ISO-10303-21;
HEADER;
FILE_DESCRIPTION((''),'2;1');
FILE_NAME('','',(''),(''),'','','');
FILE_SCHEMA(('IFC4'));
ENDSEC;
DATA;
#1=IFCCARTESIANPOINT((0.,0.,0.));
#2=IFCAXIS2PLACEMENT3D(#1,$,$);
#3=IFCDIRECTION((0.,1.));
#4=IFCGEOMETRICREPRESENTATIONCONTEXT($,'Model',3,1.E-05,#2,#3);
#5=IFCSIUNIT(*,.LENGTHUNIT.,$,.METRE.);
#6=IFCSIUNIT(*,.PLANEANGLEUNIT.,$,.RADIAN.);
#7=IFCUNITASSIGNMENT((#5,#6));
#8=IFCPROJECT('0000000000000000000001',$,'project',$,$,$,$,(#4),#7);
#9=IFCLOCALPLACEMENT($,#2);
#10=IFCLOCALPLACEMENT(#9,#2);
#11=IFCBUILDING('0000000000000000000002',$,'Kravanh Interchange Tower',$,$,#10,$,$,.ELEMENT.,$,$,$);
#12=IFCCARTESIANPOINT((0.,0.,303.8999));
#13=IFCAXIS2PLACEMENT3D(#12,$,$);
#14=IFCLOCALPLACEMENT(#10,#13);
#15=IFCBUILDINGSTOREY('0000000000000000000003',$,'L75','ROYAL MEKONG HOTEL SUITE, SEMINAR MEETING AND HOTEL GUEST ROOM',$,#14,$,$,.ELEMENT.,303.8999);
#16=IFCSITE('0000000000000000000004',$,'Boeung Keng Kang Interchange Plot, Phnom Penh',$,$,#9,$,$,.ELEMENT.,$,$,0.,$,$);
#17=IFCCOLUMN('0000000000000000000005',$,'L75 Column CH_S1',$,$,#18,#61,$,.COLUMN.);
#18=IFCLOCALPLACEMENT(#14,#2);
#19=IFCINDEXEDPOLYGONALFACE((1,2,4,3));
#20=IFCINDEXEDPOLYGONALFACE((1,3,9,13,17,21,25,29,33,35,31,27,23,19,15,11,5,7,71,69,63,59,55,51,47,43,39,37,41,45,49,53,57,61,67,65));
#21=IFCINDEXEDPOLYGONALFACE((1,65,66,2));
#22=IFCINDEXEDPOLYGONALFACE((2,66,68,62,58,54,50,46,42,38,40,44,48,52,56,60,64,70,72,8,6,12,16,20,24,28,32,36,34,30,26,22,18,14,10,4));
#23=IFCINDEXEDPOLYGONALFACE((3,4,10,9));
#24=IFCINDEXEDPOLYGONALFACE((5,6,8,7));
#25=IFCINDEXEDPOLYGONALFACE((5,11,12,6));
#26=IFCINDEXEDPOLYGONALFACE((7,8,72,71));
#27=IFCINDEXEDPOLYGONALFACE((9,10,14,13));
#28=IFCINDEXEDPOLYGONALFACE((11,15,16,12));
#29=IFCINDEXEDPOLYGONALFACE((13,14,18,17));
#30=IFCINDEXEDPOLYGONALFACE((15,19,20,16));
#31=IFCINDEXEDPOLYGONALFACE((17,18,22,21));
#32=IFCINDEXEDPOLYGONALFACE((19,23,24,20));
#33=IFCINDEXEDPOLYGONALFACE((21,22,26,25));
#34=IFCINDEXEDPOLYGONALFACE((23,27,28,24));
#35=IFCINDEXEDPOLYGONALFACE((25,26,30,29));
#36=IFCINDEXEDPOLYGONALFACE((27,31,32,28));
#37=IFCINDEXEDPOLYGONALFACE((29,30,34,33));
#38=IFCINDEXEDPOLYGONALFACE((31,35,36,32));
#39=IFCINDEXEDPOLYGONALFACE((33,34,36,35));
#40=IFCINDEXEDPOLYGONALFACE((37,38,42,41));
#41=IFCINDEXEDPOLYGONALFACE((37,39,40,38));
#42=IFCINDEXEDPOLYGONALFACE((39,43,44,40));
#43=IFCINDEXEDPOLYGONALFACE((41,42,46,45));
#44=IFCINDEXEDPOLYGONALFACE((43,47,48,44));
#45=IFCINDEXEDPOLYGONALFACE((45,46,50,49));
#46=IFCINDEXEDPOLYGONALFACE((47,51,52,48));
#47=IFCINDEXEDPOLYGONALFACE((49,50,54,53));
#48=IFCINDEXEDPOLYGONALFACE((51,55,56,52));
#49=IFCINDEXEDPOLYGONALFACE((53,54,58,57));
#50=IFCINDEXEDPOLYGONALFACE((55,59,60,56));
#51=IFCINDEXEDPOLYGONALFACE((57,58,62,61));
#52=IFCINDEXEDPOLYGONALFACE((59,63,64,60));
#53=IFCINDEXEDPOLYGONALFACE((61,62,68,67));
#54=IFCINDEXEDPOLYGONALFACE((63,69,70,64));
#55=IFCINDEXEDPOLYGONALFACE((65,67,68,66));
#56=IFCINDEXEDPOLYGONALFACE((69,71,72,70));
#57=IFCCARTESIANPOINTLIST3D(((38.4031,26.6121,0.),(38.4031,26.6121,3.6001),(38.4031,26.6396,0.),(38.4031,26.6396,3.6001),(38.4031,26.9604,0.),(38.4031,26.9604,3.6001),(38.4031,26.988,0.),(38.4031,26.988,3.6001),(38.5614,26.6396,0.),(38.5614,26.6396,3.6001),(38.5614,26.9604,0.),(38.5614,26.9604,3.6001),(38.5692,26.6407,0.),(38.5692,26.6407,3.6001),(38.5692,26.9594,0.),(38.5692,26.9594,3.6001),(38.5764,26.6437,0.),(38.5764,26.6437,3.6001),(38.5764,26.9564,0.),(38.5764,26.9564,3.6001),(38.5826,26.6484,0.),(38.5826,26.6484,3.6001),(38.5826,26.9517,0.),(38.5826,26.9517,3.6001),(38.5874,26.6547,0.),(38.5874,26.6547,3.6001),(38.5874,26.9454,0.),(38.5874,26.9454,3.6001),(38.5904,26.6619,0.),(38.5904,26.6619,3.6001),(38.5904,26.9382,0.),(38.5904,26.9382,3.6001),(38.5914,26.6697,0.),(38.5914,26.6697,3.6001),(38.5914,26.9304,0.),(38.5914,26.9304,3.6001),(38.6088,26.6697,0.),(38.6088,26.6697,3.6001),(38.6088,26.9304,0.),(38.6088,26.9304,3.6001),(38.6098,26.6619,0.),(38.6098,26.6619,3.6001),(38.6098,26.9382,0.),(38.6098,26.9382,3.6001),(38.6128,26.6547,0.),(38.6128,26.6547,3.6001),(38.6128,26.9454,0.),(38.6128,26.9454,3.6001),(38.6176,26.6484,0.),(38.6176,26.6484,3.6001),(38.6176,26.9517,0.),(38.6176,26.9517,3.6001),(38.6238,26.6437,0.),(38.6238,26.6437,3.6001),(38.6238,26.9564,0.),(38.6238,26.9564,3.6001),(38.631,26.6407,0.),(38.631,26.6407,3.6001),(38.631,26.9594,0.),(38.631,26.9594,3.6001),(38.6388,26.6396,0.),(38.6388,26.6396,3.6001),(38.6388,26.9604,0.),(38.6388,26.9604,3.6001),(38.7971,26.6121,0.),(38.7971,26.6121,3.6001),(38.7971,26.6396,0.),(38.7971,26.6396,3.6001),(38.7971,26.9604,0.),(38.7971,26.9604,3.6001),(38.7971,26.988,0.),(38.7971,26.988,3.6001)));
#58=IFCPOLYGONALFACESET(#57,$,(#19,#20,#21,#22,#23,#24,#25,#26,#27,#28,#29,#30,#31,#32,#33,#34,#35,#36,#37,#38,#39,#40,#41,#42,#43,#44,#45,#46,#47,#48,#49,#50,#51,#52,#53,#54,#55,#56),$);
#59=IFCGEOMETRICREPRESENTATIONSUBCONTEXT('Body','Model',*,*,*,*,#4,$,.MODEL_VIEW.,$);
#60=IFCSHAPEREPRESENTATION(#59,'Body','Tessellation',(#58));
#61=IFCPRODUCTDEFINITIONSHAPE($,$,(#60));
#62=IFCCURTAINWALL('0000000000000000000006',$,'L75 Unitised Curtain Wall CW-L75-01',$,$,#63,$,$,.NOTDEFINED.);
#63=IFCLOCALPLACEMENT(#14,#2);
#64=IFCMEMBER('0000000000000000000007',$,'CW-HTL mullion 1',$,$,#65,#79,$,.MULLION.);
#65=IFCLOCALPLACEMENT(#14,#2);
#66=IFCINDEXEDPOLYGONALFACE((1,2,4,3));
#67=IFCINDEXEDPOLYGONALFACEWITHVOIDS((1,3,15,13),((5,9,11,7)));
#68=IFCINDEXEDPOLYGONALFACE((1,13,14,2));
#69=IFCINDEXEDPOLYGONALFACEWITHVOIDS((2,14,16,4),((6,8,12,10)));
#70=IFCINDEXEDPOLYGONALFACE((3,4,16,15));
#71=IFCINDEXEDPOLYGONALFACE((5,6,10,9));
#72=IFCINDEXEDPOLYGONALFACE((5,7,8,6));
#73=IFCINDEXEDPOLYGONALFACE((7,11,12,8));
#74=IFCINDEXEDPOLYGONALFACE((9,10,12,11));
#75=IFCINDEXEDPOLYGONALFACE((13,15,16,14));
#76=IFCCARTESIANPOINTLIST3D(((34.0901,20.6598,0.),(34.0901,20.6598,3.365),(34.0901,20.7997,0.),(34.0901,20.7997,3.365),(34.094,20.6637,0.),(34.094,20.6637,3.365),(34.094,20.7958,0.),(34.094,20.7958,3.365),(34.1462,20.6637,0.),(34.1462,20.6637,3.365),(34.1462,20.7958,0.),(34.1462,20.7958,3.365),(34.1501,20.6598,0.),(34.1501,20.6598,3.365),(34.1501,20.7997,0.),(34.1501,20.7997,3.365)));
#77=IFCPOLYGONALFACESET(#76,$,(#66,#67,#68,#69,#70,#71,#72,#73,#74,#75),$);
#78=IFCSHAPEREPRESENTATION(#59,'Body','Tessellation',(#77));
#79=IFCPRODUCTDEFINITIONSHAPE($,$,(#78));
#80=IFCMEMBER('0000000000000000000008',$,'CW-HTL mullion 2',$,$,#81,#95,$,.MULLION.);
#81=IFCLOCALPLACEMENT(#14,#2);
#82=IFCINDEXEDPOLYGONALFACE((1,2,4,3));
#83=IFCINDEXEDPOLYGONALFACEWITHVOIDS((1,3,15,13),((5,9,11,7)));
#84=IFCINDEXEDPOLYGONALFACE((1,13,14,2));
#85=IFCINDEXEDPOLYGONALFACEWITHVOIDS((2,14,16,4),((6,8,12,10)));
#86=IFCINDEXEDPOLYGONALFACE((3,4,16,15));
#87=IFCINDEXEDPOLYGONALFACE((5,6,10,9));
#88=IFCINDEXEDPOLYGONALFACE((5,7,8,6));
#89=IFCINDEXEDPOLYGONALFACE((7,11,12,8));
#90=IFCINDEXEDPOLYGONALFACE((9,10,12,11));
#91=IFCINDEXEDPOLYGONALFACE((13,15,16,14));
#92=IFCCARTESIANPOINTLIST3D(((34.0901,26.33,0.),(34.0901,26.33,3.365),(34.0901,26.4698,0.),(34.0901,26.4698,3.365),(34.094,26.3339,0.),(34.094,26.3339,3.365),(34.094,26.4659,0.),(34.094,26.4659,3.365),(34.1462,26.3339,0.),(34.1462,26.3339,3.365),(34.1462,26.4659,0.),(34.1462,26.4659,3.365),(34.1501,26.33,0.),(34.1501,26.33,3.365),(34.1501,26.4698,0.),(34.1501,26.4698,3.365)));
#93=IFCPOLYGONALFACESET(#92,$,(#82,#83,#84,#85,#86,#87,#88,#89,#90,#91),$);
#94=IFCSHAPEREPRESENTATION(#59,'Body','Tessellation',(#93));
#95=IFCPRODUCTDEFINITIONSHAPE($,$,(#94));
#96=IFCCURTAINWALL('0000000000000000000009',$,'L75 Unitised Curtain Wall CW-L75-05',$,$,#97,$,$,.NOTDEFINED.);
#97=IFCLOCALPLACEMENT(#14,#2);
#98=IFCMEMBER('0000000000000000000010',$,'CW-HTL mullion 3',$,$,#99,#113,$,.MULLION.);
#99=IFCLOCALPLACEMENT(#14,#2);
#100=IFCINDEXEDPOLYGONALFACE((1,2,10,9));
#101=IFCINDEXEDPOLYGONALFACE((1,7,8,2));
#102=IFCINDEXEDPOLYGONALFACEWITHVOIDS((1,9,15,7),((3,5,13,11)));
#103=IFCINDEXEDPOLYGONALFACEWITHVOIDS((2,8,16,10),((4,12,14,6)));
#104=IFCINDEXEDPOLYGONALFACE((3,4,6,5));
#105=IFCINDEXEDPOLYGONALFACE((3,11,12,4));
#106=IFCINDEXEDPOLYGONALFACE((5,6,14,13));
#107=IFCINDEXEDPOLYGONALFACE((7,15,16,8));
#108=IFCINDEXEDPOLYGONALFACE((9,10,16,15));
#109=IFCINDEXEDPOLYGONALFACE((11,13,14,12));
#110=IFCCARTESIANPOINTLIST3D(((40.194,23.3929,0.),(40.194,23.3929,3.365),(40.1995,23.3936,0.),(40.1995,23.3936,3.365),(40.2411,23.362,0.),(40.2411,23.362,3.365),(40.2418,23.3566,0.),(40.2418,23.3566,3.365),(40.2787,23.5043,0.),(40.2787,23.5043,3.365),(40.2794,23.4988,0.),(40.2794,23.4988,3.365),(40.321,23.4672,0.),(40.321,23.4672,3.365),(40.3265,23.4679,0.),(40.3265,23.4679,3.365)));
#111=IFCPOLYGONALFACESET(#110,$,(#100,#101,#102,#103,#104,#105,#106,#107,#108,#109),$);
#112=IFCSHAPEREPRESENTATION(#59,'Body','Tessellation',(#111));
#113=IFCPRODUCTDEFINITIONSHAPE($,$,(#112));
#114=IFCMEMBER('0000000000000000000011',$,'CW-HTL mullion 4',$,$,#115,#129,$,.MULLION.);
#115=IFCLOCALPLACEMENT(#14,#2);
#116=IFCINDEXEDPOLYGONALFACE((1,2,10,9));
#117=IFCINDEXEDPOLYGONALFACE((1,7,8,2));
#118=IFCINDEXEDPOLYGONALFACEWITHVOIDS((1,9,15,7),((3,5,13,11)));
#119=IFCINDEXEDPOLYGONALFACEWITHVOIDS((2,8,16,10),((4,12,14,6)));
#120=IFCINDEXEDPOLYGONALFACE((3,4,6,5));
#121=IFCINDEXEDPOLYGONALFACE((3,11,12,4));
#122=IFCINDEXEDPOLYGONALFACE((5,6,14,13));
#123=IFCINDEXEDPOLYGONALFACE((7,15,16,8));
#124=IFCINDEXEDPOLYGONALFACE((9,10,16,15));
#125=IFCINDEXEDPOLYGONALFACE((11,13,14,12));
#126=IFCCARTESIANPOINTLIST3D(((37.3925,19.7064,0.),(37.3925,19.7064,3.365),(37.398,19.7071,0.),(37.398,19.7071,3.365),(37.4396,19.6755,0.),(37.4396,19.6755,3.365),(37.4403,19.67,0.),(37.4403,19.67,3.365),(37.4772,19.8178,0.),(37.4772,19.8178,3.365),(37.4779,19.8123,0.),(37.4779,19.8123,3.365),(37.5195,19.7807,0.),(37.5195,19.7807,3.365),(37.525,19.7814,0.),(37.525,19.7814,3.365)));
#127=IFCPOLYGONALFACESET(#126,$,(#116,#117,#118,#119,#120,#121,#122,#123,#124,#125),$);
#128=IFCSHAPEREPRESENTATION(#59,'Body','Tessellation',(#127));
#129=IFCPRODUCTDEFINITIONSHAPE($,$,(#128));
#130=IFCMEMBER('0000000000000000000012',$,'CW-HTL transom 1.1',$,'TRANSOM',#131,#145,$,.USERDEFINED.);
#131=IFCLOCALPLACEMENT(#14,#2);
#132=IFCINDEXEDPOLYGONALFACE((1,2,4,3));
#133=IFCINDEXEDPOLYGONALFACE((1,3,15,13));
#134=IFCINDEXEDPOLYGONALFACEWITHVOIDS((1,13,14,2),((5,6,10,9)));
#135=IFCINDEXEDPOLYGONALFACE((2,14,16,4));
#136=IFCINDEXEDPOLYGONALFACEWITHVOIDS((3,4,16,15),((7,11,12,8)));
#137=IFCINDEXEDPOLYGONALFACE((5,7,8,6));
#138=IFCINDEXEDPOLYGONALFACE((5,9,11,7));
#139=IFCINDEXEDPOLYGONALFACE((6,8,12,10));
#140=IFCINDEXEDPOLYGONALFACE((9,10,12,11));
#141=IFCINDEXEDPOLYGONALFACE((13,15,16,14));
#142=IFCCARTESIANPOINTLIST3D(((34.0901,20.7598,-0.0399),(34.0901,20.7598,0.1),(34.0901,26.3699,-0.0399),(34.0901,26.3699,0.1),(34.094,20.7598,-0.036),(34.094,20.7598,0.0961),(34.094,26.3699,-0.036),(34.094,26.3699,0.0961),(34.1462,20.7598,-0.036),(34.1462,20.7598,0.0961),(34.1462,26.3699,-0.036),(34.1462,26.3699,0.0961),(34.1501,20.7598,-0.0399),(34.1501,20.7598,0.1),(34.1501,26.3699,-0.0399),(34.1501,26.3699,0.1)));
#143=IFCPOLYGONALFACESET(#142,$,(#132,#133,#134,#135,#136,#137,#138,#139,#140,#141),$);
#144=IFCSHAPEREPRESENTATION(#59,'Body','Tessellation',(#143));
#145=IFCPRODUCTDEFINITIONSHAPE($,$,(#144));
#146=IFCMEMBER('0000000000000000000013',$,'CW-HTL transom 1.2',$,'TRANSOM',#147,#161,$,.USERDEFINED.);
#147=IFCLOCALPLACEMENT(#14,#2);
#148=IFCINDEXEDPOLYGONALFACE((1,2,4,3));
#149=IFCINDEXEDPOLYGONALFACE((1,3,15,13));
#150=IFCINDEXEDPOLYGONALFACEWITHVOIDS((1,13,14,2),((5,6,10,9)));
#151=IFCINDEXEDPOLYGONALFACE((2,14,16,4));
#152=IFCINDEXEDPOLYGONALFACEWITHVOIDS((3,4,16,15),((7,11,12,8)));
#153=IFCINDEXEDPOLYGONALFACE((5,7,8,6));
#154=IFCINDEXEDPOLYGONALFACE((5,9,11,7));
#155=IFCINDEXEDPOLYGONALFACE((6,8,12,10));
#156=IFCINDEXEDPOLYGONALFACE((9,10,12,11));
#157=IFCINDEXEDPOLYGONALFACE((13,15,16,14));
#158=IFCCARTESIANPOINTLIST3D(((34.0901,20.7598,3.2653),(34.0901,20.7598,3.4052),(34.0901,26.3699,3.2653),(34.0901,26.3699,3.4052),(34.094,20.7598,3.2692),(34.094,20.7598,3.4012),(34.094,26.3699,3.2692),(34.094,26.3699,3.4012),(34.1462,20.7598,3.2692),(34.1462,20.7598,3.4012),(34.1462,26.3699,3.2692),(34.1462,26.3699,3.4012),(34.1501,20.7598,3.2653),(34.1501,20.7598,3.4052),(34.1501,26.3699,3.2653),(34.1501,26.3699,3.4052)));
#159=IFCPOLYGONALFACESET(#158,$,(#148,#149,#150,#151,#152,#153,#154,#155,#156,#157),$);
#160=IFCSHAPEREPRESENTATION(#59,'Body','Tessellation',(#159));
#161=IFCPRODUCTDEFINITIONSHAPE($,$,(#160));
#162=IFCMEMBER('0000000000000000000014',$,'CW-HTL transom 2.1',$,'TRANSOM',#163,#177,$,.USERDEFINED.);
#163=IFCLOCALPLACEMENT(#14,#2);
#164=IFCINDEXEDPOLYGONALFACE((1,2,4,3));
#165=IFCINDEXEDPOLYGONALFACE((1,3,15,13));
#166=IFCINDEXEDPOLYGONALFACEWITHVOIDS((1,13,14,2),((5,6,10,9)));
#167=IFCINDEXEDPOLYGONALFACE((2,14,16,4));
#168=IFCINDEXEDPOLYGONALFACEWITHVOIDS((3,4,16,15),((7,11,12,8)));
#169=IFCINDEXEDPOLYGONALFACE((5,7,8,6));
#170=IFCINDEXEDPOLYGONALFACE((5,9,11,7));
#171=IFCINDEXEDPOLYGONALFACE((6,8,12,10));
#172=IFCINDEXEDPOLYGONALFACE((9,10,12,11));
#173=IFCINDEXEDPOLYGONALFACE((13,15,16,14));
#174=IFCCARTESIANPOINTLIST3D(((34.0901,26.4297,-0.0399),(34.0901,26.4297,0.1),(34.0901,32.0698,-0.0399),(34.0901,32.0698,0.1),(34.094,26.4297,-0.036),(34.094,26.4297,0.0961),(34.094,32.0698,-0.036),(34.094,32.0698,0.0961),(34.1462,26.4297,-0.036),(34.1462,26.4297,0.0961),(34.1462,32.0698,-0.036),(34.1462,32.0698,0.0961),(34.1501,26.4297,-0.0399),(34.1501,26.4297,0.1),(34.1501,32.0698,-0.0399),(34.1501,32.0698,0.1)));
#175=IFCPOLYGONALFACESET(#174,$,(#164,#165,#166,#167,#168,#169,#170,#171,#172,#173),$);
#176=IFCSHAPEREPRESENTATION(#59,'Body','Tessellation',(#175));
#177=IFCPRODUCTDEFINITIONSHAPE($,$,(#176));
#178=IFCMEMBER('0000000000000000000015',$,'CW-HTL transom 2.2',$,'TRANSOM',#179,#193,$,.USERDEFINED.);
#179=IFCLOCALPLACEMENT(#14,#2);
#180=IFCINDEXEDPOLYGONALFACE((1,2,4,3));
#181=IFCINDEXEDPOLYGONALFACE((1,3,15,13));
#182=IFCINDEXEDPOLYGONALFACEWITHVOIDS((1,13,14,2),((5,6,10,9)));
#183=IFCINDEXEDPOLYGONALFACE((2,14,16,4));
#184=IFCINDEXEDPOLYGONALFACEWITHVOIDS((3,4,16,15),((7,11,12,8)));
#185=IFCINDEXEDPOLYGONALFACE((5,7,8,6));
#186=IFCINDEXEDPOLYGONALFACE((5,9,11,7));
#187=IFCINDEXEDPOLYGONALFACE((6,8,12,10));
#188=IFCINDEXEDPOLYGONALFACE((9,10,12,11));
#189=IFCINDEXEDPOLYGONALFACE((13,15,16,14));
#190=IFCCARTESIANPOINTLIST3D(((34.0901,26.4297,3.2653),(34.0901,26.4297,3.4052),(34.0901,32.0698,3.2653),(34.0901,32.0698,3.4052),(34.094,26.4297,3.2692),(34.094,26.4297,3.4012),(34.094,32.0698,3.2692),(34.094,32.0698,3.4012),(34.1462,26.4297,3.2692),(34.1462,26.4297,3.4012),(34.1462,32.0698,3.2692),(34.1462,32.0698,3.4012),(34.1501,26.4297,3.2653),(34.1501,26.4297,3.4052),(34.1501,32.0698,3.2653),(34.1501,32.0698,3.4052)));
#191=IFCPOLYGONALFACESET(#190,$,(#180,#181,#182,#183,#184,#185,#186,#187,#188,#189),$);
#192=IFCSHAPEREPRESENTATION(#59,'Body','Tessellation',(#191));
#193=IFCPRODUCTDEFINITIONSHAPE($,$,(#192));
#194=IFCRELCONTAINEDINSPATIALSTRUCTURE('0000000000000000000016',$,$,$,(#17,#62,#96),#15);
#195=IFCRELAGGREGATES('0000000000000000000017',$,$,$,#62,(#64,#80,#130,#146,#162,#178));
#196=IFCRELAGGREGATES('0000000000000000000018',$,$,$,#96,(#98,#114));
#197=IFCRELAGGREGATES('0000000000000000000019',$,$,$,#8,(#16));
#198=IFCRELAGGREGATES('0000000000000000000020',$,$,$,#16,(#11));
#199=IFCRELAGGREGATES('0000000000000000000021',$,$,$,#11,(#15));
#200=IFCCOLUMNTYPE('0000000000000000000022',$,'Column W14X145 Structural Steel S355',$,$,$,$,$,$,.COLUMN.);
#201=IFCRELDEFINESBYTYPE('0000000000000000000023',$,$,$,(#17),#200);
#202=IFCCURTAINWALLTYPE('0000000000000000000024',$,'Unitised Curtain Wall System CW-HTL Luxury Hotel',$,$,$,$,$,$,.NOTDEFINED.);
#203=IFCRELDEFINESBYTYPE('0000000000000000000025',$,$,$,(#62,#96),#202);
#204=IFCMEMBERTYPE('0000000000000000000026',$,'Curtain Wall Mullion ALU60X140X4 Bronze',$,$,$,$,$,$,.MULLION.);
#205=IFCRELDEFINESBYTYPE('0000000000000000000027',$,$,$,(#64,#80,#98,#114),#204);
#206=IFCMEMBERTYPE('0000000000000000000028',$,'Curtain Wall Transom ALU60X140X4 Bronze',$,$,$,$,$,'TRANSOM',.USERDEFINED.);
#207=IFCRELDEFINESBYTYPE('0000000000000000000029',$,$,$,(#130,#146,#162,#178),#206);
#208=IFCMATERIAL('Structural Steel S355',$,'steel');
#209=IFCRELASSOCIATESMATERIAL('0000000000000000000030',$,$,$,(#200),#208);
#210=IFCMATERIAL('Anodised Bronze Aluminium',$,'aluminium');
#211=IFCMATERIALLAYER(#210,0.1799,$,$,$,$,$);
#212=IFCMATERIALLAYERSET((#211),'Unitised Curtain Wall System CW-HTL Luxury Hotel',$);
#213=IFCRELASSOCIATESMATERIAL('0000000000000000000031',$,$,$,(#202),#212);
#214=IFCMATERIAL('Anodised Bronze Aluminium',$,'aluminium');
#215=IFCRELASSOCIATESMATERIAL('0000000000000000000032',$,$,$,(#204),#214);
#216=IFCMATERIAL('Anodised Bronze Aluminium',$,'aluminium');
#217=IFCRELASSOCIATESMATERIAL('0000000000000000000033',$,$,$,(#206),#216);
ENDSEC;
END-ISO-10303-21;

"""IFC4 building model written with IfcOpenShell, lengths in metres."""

from ifc_helpers import new_model, si_unit, direction, frame, origin, origin_2d, place, context, subcontext, project, spatial, hollow_rectangle, i_section, extrude, material, layer, layer_set, material_profile, profile_set, type_object, element, aggregate, save


model = new_model("IFC4")

# Units and contexts
model_context = context("Model", 3, precision=1e-05, world=origin(), true_north=direction((0.0, 1.0)))
body_context = subcontext(model_context, "Body", "Model", "MODEL_VIEW")
ifc_project = project(units=[si_unit("LENGTHUNIT", "METRE"), si_unit("PLANEANGLEUNIT", "RADIAN")], contexts=[model_context])

# Site, building, storey
site_placement = place(None, origin())
site = spatial("IfcSite", under=ifc_project, at=site_placement, Name="Boeung Keng Kang Interchange Plot, Phnom Penh", CompositionType="ELEMENT", RefElevation=0.0)
building_placement = place(site_placement, origin())
building = spatial("IfcBuilding", under=site, at=building_placement, Name="Kravanh Interchange Tower", CompositionType="ELEMENT")
storey_placement = place(building_placement, frame((0.0, 0.0, 303.8999)))
storey = spatial("IfcBuildingStorey", under=building, at=storey_placement, Name="L75", Description="ROYAL MEKONG HOTEL SUITE, SEMINAR MEETING AND HOTEL GUEST ROOM", CompositionType="ELEMENT", Elevation=303.8999)

# Column
ifc_material_1 = material(Name="Structural Steel S355", Category="steel")
ifc_material_profile_1 = material_profile(ifc_material_1, i_section(OverallWidth=0.394, OverallDepth=0.376, WebThickness=0.0173, FlangeThickness=0.0276, FilletRadius=0.03, at=origin_2d()), Name="W14X145")
ifc_profile_set_1 = profile_set([ifc_material_profile_1], Name="Structural Steel S355")
column_type = type_object("IfcColumnType", Name="Column W14X145 Structural Steel S355", PredefinedType="COLUMN", material=ifc_profile_set_1)
column_placement = place(storey_placement, frame((38.6001, 26.8, 0.0), z_axis=(0.0, 0.0, 1.0), x_axis=(1.0, 0.0, 0.0)))
element("IfcColumn", 1, at=column_placement, inside=storey, type_object=column_type, Name="L75 Column CH_S1", PredefinedType="COLUMN", context=body_context, shape_type="SweptSolid", body=[
    extrude(i_section(OverallWidth=0.394, OverallDepth=0.376, WebThickness=0.0173, FlangeThickness=0.0276, FilletRadius=0.03, at=origin_2d()), origin(), (0.0, 0.0, 1.0), 3.6001),
])

# Curtain walls, members
ifc_material_2 = material(Name="Anodised Bronze Aluminium", Category="aluminium")
ifc_layer_1 = layer(ifc_material_2, 0.1799)
ifc_layer_set_1 = layer_set([ifc_layer_1], Name="Unitised Curtain Wall System CW-HTL Luxury Hotel")
curtain_wall_type = type_object("IfcCurtainWallType", Name="Unitised Curtain Wall System CW-HTL Luxury Hotel", PredefinedType="NOTDEFINED", material=ifc_layer_set_1)
curtain_wall_1_placement = place(storey_placement, origin())
curtain_wall_1 = element("IfcCurtainWall", 2, at=curtain_wall_1_placement, inside=storey, type_object=curtain_wall_type, Name="L75 Unitised Curtain Wall CW-L75-01", PredefinedType="NOTDEFINED")
ifc_material_3 = material(Name="Anodised Bronze Aluminium", Category="aluminium")
ifc_material_profile_2 = material_profile(ifc_material_3, hollow_rectangle(XDim=0.0601, YDim=0.1399, WallThickness=0.0039, at=origin_2d()), Name="ALU60X140X4")
ifc_profile_set_2 = profile_set([ifc_material_profile_2], Name="Anodised Bronze Aluminium")
member_type_1 = type_object("IfcMemberType", Name="Curtain Wall Mullion ALU60X140X4 Bronze", PredefinedType="MULLION", material=ifc_profile_set_2)
member_1_placement = place(storey_placement, frame((34.1201, 20.7297, 0.0), z_axis=(0.0, 0.0, 1.0), x_axis=(-1.0, 0.0, 0.0)))
member_1 = element("IfcMember", 3, at=member_1_placement, type_object=member_type_1, Name="CW-HTL mullion 1", PredefinedType="MULLION", context=body_context, shape_type="SweptSolid", body=[
    extrude(hollow_rectangle(XDim=0.0601, YDim=0.1399, WallThickness=0.0039, at=origin_2d()), origin(), (0.0, 0.0, 1.0), 3.365),
])
member_2_placement = place(storey_placement, frame((34.1201, 26.3999, 0.0), z_axis=(0.0, 0.0, 1.0), x_axis=(-1.0, 0.0, 0.0)))
member_2 = element("IfcMember", 4, at=member_2_placement, type_object=member_type_1, Name="CW-HTL mullion 2", PredefinedType="MULLION", context=body_context, shape_type="SweptSolid", body=[
    extrude(hollow_rectangle(XDim=0.0601, YDim=0.1399, WallThickness=0.0039, at=origin_2d()), origin(), (0.0, 0.0, 1.0), 3.365),
])
curtain_wall_2_placement = place(storey_placement, origin())
curtain_wall_2 = element("IfcCurtainWall", 5, at=curtain_wall_2_placement, inside=storey, type_object=curtain_wall_type, Name="L75 Unitised Curtain Wall CW-L75-05", PredefinedType="NOTDEFINED")
member_3_placement = place(storey_placement, frame((40.2603, 23.4304, 0.0), z_axis=(0.0, 0.0, 1.0), x_axis=(0.796162, -0.605084, 0.0)))
member_3 = element("IfcMember", 6, at=member_3_placement, type_object=member_type_1, Name="CW-HTL mullion 3", PredefinedType="MULLION", context=body_context, shape_type="SweptSolid", body=[
    extrude(hollow_rectangle(XDim=0.0601, YDim=0.1399, WallThickness=0.0039, at=origin_2d()), origin(), (0.0, 0.0, 1.0), 3.365),
])
member_4_placement = place(storey_placement, frame((37.4587, 19.7439, 0.0), z_axis=(0.0, 0.0, 1.0), x_axis=(0.796162, -0.605084, 0.0)))
member_4 = element("IfcMember", 7, at=member_4_placement, type_object=member_type_1, Name="CW-HTL mullion 4", PredefinedType="MULLION", context=body_context, shape_type="SweptSolid", body=[
    extrude(hollow_rectangle(XDim=0.0601, YDim=0.1399, WallThickness=0.0039, at=origin_2d()), origin(), (0.0, 0.0, 1.0), 3.365),
])

# Members
ifc_material_4 = material(Name="Anodised Bronze Aluminium", Category="aluminium")
ifc_material_profile_3 = material_profile(ifc_material_4, hollow_rectangle(XDim=0.0601, YDim=0.1399, WallThickness=0.0039, at=origin_2d()), Name="ALU60X140X4")
ifc_profile_set_3 = profile_set([ifc_material_profile_3], Name="Anodised Bronze Aluminium")
member_type_2 = type_object("IfcMemberType", Name="Curtain Wall Transom ALU60X140X4 Bronze", ElementType="TRANSOM", PredefinedType="USERDEFINED", material=ifc_profile_set_3)
member_5_placement = place(storey_placement, frame((34.1201, 20.7598, 0.03), z_axis=(0.0, 1.0, 0.0), x_axis=(-1.0, 0.0, 0.0)))
member_5 = element("IfcMember", 8, at=member_5_placement, type_object=member_type_2, Name="CW-HTL transom 1.1", ObjectType="TRANSOM", PredefinedType="USERDEFINED", context=body_context, shape_type="SweptSolid", body=[
    extrude(hollow_rectangle(XDim=0.0601, YDim=0.1399, WallThickness=0.0039, at=origin_2d()), origin(), (0.0, 0.0, 1.0), 5.6101),
])
member_6_placement = place(storey_placement, frame((34.1201, 20.7598, 3.3352), z_axis=(0.0, 1.0, 0.0), x_axis=(-1.0, 0.0, 0.0)))
member_6 = element("IfcMember", 9, at=member_6_placement, type_object=member_type_2, Name="CW-HTL transom 1.2", ObjectType="TRANSOM", PredefinedType="USERDEFINED", context=body_context, shape_type="SweptSolid", body=[
    extrude(hollow_rectangle(XDim=0.0601, YDim=0.1399, WallThickness=0.0039, at=origin_2d()), origin(), (0.0, 0.0, 1.0), 5.6101),
])
member_7_placement = place(storey_placement, frame((34.1201, 26.4297, 0.03), z_axis=(0.0, 1.0, 0.0), x_axis=(-1.0, 0.0, 0.0)))
member_7 = element("IfcMember", 10, at=member_7_placement, type_object=member_type_2, Name="CW-HTL transom 2.1", ObjectType="TRANSOM", PredefinedType="USERDEFINED", context=body_context, shape_type="SweptSolid", body=[
    extrude(hollow_rectangle(XDim=0.0601, YDim=0.1399, WallThickness=0.0039, at=origin_2d()), origin(), (0.0, 0.0, 1.0), 5.6401),
])
member_8_placement = place(storey_placement, frame((34.1201, 26.4297, 3.3352), z_axis=(0.0, 1.0, 0.0), x_axis=(-1.0, 0.0, 0.0)))
member_8 = element("IfcMember", 11, at=member_8_placement, type_object=member_type_2, Name="CW-HTL transom 2.2", ObjectType="TRANSOM", PredefinedType="USERDEFINED", context=body_context, shape_type="SweptSolid", body=[
    extrude(hollow_rectangle(XDim=0.0601, YDim=0.1399, WallThickness=0.0039, at=origin_2d()), origin(), (0.0, 0.0, 1.0), 5.6401),
])

aggregate(curtain_wall_1, [member_1, member_2, member_5, member_6, member_7, member_8])
aggregate(curtain_wall_2, [member_3, member_4])

save(model, "model.ifc")
